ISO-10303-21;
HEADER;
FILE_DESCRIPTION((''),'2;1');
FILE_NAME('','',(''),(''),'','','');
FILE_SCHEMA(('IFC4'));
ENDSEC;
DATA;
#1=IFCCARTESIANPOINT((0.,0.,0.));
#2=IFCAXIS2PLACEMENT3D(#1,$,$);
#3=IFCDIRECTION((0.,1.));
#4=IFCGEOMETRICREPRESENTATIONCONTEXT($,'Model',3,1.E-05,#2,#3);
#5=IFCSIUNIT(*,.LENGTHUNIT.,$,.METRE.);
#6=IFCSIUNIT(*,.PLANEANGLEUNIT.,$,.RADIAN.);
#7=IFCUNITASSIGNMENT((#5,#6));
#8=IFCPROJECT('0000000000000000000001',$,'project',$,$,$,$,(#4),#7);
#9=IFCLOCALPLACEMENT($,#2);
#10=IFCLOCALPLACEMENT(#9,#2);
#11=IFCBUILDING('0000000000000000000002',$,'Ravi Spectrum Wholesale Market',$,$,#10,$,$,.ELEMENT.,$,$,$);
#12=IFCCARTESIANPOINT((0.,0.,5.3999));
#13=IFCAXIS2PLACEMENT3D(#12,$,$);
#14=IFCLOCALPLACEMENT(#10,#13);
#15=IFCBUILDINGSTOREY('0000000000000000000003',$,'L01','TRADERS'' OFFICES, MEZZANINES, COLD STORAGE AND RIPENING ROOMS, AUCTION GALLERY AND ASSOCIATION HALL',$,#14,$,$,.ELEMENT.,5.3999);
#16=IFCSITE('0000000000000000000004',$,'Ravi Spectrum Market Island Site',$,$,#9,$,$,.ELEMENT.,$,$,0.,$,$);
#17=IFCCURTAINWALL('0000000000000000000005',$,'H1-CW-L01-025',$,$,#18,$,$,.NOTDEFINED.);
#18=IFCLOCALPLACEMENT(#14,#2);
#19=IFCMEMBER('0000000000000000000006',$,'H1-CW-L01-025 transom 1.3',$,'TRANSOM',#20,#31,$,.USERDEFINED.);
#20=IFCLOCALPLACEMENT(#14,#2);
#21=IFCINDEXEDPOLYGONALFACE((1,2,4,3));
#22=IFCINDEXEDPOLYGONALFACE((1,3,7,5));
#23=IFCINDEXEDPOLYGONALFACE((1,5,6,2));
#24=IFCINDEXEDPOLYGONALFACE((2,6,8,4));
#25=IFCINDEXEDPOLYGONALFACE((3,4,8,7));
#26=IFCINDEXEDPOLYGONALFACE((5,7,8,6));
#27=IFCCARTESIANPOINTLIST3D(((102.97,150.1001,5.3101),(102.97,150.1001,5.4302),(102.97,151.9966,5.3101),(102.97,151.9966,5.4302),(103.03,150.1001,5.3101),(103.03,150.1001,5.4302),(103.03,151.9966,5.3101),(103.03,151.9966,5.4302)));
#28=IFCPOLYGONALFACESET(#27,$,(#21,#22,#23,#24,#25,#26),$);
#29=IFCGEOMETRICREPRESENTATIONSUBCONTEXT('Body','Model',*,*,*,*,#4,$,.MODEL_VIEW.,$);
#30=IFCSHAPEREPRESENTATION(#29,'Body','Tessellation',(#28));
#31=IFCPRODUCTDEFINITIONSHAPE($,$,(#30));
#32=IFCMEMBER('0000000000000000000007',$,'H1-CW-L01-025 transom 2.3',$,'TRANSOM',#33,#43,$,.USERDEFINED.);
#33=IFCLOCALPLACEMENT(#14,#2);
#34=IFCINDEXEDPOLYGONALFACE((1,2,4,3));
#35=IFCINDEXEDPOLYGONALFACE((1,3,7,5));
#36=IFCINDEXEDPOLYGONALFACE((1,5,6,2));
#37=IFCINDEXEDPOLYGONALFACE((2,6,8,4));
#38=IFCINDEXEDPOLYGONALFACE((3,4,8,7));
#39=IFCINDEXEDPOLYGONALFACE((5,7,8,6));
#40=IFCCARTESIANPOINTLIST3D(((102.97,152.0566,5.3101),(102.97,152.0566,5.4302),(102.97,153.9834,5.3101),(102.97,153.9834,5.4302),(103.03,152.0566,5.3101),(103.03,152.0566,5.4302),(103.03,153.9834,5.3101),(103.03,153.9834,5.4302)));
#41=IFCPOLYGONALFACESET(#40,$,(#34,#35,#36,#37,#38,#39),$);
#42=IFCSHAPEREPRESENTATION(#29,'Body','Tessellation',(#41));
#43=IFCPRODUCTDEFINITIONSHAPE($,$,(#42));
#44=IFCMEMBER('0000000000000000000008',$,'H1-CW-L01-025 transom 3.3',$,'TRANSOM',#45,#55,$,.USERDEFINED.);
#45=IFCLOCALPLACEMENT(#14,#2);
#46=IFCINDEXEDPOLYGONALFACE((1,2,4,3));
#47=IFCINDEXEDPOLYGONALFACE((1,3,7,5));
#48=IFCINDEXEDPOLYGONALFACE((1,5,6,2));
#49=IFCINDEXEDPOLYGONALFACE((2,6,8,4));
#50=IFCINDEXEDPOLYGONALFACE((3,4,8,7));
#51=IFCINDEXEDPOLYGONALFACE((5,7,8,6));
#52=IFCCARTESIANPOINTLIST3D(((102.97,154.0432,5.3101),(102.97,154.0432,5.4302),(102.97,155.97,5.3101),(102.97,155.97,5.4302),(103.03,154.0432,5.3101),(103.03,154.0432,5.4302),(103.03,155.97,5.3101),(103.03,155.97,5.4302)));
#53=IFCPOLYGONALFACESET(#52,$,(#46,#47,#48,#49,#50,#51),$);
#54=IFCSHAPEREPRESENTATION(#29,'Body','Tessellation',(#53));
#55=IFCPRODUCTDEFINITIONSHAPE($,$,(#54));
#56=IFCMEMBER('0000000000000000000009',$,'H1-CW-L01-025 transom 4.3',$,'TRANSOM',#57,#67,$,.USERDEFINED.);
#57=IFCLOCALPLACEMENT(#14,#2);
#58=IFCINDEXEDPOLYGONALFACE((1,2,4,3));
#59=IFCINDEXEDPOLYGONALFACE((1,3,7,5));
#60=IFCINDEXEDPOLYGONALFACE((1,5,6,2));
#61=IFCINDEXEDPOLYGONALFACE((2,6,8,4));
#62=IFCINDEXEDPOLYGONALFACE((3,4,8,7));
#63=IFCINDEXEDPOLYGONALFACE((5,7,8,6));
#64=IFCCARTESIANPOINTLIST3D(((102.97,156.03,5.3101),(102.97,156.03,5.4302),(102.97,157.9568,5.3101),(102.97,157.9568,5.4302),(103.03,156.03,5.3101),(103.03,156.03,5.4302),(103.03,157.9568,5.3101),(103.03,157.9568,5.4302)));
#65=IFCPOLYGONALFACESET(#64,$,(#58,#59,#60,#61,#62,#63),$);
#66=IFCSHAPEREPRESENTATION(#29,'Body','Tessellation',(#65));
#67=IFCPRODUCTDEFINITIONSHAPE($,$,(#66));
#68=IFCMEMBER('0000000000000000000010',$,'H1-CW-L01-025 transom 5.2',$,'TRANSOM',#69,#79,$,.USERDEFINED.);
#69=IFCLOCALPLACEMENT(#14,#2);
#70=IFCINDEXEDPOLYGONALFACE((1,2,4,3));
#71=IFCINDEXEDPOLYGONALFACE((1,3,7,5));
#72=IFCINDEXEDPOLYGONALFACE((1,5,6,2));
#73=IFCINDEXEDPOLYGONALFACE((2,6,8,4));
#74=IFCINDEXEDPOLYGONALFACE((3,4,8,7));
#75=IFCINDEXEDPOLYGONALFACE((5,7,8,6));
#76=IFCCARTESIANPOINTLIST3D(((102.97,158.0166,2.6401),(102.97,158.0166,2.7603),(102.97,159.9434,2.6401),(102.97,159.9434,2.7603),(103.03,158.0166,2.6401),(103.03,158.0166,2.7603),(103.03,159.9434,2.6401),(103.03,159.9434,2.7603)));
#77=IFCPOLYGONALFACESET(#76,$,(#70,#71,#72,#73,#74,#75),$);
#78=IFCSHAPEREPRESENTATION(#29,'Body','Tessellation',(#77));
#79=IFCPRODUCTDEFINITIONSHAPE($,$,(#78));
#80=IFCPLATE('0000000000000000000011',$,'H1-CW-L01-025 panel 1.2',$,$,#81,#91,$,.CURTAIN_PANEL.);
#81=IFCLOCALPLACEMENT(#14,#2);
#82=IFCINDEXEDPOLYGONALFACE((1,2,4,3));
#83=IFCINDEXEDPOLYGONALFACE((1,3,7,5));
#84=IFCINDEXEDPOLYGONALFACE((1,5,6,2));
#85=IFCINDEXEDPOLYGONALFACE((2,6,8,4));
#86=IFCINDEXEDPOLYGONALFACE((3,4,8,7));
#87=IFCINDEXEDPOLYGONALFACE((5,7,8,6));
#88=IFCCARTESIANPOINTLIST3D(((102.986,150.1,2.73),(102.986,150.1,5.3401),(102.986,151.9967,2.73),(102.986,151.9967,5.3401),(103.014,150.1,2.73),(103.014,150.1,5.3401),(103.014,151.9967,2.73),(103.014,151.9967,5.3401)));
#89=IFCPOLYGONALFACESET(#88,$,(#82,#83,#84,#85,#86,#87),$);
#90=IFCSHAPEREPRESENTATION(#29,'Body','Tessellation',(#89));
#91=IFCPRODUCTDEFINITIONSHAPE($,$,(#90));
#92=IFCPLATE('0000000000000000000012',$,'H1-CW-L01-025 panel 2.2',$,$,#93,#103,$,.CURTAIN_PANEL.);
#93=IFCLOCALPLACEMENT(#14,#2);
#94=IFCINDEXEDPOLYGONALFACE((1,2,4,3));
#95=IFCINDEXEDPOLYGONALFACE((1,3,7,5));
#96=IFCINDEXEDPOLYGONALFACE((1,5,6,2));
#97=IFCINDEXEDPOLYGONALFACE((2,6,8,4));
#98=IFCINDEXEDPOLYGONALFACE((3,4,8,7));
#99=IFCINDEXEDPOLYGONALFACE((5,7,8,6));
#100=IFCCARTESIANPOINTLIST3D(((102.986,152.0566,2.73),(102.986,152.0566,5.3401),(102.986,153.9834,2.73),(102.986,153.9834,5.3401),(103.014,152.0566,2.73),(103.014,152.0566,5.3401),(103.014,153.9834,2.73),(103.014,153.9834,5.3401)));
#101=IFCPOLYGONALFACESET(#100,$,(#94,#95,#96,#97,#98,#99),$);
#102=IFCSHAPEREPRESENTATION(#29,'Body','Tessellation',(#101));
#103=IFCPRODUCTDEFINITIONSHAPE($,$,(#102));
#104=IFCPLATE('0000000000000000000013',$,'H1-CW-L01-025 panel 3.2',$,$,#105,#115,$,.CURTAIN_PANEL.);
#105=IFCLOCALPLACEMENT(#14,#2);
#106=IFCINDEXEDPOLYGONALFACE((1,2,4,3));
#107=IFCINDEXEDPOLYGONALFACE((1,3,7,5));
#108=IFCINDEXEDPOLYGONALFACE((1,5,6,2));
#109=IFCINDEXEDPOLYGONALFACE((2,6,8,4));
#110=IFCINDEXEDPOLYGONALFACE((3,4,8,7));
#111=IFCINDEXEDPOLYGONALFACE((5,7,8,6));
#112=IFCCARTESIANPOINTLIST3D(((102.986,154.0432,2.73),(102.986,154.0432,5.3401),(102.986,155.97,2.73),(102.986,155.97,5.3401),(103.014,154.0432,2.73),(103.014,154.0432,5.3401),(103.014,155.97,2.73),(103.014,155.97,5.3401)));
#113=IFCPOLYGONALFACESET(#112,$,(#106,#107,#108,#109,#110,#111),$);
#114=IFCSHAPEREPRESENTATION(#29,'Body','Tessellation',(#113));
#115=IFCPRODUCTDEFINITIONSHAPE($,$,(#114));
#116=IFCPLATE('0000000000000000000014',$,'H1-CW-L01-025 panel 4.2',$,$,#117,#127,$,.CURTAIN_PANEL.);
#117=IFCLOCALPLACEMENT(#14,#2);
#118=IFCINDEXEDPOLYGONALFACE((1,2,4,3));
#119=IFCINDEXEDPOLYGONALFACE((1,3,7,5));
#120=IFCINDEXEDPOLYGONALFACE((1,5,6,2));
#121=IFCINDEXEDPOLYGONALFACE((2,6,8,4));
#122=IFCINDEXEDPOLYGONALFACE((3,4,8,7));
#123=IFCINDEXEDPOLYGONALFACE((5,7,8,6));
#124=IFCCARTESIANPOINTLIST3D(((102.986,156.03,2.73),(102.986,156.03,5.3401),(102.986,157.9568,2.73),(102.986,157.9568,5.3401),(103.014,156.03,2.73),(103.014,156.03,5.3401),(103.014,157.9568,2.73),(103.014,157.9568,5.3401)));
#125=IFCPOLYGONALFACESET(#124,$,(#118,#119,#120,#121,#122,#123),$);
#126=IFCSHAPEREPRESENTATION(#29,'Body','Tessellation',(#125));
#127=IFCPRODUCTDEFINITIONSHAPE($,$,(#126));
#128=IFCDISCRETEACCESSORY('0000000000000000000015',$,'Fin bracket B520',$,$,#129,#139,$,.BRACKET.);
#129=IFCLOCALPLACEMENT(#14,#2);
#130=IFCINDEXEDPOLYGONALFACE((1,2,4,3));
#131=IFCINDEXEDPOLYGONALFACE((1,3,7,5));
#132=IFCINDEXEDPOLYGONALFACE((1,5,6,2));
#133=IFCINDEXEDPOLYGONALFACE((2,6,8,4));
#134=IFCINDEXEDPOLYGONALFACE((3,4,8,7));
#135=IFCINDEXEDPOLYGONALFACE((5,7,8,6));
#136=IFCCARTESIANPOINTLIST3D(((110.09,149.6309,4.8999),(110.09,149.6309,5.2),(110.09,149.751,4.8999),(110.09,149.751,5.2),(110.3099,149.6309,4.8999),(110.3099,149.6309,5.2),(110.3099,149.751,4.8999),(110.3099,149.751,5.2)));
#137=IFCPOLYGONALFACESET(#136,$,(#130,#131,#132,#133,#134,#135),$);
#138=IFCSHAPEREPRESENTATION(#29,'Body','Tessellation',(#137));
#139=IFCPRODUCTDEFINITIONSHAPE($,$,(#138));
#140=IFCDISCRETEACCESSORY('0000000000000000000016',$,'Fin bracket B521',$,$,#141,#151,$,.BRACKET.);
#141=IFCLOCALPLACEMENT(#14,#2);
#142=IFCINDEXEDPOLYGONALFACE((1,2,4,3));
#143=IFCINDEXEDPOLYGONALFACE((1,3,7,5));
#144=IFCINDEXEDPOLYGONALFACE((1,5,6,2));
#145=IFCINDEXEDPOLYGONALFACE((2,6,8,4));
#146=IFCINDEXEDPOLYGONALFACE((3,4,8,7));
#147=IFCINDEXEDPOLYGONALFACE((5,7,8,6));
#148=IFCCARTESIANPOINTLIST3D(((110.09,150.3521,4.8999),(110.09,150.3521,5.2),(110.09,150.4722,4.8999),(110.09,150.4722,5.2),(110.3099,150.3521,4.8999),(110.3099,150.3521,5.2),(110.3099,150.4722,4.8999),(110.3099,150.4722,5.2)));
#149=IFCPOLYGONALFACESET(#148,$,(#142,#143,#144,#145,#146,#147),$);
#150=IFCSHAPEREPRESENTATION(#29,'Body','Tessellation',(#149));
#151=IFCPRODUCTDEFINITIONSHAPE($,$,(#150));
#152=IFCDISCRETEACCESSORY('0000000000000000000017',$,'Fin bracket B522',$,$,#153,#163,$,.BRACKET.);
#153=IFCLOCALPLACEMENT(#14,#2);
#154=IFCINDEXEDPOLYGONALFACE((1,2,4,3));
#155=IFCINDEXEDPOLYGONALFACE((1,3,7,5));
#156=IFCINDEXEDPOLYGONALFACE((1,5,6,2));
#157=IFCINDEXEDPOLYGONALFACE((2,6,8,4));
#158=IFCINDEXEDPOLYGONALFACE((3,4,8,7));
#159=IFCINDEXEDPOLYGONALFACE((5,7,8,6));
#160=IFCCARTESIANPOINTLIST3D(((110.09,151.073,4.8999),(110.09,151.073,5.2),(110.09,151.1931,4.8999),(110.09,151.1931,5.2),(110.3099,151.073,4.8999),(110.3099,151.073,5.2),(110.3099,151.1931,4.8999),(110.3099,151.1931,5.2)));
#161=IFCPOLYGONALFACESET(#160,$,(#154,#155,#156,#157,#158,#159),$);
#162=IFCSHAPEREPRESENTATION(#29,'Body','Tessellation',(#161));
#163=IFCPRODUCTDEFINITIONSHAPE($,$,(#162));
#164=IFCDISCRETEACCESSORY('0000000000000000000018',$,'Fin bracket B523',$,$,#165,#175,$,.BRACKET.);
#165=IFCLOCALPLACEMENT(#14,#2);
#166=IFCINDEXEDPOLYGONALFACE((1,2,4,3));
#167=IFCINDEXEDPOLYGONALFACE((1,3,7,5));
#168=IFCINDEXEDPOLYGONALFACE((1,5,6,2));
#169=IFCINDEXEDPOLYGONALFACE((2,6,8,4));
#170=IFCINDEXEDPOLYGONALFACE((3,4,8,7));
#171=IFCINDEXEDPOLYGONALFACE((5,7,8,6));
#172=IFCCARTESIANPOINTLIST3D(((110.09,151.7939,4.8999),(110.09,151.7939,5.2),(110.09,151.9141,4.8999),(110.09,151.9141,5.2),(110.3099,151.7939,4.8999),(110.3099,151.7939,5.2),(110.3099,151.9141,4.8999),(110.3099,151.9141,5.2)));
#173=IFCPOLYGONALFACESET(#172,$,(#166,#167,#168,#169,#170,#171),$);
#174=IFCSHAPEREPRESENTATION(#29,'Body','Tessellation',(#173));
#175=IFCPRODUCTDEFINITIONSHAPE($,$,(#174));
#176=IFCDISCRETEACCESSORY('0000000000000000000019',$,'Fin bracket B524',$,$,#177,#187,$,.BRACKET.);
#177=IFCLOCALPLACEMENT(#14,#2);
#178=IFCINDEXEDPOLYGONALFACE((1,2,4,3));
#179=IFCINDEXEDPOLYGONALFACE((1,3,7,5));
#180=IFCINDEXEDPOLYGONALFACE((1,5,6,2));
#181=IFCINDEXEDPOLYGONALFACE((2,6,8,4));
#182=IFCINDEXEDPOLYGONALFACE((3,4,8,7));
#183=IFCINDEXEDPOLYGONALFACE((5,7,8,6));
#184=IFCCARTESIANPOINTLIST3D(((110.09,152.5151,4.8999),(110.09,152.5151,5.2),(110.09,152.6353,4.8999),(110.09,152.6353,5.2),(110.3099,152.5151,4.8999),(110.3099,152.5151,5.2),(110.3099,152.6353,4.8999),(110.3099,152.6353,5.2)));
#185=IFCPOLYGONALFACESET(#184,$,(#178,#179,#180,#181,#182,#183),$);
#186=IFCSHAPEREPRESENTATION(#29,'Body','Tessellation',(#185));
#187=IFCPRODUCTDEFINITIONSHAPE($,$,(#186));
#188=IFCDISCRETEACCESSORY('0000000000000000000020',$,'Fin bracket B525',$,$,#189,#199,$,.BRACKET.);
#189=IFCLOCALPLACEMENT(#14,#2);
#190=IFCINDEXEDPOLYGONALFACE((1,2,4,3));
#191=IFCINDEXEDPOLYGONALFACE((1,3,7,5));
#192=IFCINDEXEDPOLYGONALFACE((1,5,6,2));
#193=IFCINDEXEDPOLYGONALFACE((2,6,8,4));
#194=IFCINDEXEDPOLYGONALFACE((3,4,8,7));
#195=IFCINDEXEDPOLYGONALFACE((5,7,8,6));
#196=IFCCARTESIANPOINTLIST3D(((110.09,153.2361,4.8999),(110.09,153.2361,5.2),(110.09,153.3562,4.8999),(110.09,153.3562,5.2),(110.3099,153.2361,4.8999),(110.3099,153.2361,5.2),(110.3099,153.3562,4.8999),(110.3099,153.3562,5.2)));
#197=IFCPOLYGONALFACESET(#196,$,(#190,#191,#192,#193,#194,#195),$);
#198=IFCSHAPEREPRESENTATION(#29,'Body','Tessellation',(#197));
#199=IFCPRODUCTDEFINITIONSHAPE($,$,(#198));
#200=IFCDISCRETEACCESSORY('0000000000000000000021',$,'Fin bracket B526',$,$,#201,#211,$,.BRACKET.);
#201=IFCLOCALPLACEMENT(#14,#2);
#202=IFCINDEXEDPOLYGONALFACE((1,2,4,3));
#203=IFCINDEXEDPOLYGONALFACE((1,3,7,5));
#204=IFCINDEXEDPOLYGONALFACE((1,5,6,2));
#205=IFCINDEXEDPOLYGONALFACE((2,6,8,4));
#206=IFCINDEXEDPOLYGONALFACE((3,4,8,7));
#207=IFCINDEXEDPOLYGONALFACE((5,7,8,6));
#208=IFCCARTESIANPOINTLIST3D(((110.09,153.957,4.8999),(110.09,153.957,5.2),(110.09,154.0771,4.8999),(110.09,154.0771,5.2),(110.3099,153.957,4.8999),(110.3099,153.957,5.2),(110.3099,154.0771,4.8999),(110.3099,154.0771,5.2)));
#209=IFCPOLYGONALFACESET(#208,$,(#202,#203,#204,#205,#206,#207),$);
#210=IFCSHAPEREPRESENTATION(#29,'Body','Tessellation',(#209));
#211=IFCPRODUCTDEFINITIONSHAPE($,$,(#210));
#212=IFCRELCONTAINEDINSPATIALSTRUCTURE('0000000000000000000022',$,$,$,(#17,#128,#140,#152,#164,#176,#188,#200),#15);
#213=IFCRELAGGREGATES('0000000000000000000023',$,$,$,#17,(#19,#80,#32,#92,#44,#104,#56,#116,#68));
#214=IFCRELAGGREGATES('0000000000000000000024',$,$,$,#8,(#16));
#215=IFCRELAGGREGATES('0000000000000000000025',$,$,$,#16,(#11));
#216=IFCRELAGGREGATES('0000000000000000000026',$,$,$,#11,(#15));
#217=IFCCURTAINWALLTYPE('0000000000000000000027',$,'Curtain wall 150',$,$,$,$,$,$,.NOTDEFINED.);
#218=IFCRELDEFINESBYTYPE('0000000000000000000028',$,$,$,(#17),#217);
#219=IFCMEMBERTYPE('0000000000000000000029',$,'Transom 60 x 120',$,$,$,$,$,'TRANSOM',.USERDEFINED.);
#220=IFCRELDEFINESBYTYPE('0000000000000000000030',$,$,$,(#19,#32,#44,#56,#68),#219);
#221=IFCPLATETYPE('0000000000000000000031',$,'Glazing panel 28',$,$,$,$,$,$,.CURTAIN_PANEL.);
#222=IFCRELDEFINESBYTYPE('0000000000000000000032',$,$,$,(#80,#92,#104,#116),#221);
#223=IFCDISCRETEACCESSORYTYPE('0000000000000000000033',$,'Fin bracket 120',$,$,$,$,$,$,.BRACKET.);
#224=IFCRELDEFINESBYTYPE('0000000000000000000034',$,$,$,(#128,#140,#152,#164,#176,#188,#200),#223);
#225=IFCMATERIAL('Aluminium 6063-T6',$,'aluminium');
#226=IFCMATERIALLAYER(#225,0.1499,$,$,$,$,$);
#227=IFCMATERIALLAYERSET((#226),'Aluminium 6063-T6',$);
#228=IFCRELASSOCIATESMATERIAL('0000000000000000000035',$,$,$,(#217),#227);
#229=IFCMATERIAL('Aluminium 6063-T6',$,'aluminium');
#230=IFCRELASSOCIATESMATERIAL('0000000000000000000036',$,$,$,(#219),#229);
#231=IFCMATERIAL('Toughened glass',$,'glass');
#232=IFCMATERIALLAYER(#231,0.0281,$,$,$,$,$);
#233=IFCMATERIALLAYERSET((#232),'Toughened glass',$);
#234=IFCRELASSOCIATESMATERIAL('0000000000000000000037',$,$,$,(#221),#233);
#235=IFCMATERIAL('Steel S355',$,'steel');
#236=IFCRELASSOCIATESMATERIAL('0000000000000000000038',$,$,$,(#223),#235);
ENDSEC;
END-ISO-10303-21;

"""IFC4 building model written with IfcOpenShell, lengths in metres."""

from ifc_helpers import new_model, si_unit, direction, frame, origin, origin_2d, place, context, subcontext, project, spatial, rectangle, extrude, material, layer, layer_set, material_profile, profile_set, type_object, element, aggregate, save


model = new_model("IFC4")

# Units and contexts
model_context = context("Model", 3, precision=1e-05, world=origin(), true_north=direction((0.0, 1.0)))
body_context = subcontext(model_context, "Body", "Model", "MODEL_VIEW")
ifc_project = project(units=[si_unit("LENGTHUNIT", "METRE"), si_unit("PLANEANGLEUNIT", "RADIAN")], contexts=[model_context])

# Site, building, storey
site_placement = place(None, origin())
site = spatial("IfcSite", under=ifc_project, at=site_placement, Name="Ravi Spectrum Market Island Site", CompositionType="ELEMENT", RefElevation=0.0)
building_placement = place(site_placement, origin())
building = spatial("IfcBuilding", under=site, at=building_placement, Name="Ravi Spectrum Wholesale Market", CompositionType="ELEMENT")
storey_placement = place(building_placement, frame((0.0, 0.0, 5.3999)))
storey = spatial("IfcBuildingStorey", under=building, at=storey_placement, Name="L01", Description="TRADERS' OFFICES, MEZZANINES, COLD STORAGE AND RIPENING ROOMS, AUCTION GALLERY AND ASSOCIATION HALL", CompositionType="ELEMENT", Elevation=5.3999)

# Curtain wall, members, plates
ifc_material_1 = material(Name="Aluminium 6063-T6", Category="aluminium")
ifc_layer_1 = layer(ifc_material_1, 0.1499)
ifc_layer_set_1 = layer_set([ifc_layer_1], Name="Aluminium 6063-T6")
curtain_wall_type = type_object("IfcCurtainWallType", Name="Curtain wall 150", PredefinedType="NOTDEFINED", material=ifc_layer_set_1)
curtain_wall_placement = place(storey_placement, origin())
curtain_wall = element("IfcCurtainWall", 1, at=curtain_wall_placement, inside=storey, type_object=curtain_wall_type, Name="H1-CW-L01-025", PredefinedType="NOTDEFINED")
ifc_material_2 = material(Name="Aluminium 6063-T6", Category="aluminium")
ifc_material_profile_1 = material_profile(ifc_material_2, rectangle(XDim=0.0601, YDim=0.1201, at=origin_2d()))
ifc_profile_set_1 = profile_set([ifc_material_profile_1], Name="Aluminium 6063-T6")
member_type = type_object("IfcMemberType", Name="Transom 60 x 120", ElementType="TRANSOM", PredefinedType="USERDEFINED", material=ifc_profile_set_1)
member_1_placement = place(storey_placement, frame((103.0, 150.1001, 5.3701), z_axis=(0.0, 1.0, 0.0), x_axis=(-1.0, 0.0, 0.0)))
member_1 = element("IfcMember", 2, at=member_1_placement, type_object=member_type, Name="H1-CW-L01-025 transom 1.3", ObjectType="TRANSOM", PredefinedType="USERDEFINED", context=body_context, shape_type="SweptSolid", body=[
    extrude(rectangle(XDim=0.0601, YDim=0.1201, at=origin_2d()), origin(), (0.0, 0.0, 1.0), 1.8965),
])
member_2_placement = place(storey_placement, frame((103.0, 152.0566, 5.3701), z_axis=(0.0, 1.0, 0.0), x_axis=(-1.0, 0.0, 0.0)))
member_2 = element("IfcMember", 3, at=member_2_placement, type_object=member_type, Name="H1-CW-L01-025 transom 2.3", ObjectType="TRANSOM", PredefinedType="USERDEFINED", context=body_context, shape_type="SweptSolid", body=[
    extrude(rectangle(XDim=0.0601, YDim=0.1201, at=origin_2d()), origin(), (0.0, 0.0, 1.0), 1.9268),
])
member_3_placement = place(storey_placement, frame((103.0, 154.0432, 5.3701), z_axis=(0.0, 1.0, 0.0), x_axis=(-1.0, 0.0, 0.0)))
member_3 = element("IfcMember", 4, at=member_3_placement, type_object=member_type, Name="H1-CW-L01-025 transom 3.3", ObjectType="TRANSOM", PredefinedType="USERDEFINED", context=body_context, shape_type="SweptSolid", body=[
    extrude(rectangle(XDim=0.0601, YDim=0.1201, at=origin_2d()), origin(), (0.0, 0.0, 1.0), 1.9268),
])
member_4_placement = place(storey_placement, frame((103.0, 156.03, 5.3701), z_axis=(0.0, 1.0, 0.0), x_axis=(-1.0, 0.0, 0.0)))
member_4 = element("IfcMember", 5, at=member_4_placement, type_object=member_type, Name="H1-CW-L01-025 transom 4.3", ObjectType="TRANSOM", PredefinedType="USERDEFINED", context=body_context, shape_type="SweptSolid", body=[
    extrude(rectangle(XDim=0.0601, YDim=0.1201, at=origin_2d()), origin(), (0.0, 0.0, 1.0), 1.9268),
])
member_5_placement = place(storey_placement, frame((103.0, 158.0166, 2.7002), z_axis=(0.0, 1.0, 0.0), x_axis=(-1.0, 0.0, 0.0)))
member_5 = element("IfcMember", 6, at=member_5_placement, type_object=member_type, Name="H1-CW-L01-025 transom 5.2", ObjectType="TRANSOM", PredefinedType="USERDEFINED", context=body_context, shape_type="SweptSolid", body=[
    extrude(rectangle(XDim=0.0601, YDim=0.1201, at=origin_2d()), origin(), (0.0, 0.0, 1.0), 1.9268),
])
ifc_material_3 = material(Name="Toughened glass", Category="glass")
ifc_layer_2 = layer(ifc_material_3, 0.0281)
ifc_layer_set_2 = layer_set([ifc_layer_2], Name="Toughened glass")
plate_type = type_object("IfcPlateType", Name="Glazing panel 28", PredefinedType="CURTAIN_PANEL", material=ifc_layer_set_2)
plate_1_placement = place(storey_placement, frame((103.0, 151.0483, 2.73), z_axis=(0.0, 0.0, 1.0), x_axis=(0.0, 1.0, 0.0)))
plate_1 = element("IfcPlate", 7, at=plate_1_placement, type_object=plate_type, Name="H1-CW-L01-025 panel 1.2", PredefinedType="CURTAIN_PANEL", context=body_context, shape_type="SweptSolid", body=[
    extrude(rectangle(XDim=1.8967, YDim=0.0281, at=origin_2d()), origin(), (0.0, 0.0, 1.0), 2.6101),
])
plate_2_placement = place(storey_placement, frame((103.0, 153.02, 2.73), z_axis=(0.0, 0.0, 1.0), x_axis=(0.0, 1.0, 0.0)))
plate_2 = element("IfcPlate", 8, at=plate_2_placement, type_object=plate_type, Name="H1-CW-L01-025 panel 2.2", PredefinedType="CURTAIN_PANEL", context=body_context, shape_type="SweptSolid", body=[
    extrude(rectangle(XDim=1.9268, YDim=0.0281, at=origin_2d()), origin(), (0.0, 0.0, 1.0), 2.6101),
])
plate_3_placement = place(storey_placement, frame((103.0, 155.0066, 2.73), z_axis=(0.0, 0.0, 1.0), x_axis=(0.0, 1.0, 0.0)))
plate_3 = element("IfcPlate", 9, at=plate_3_placement, type_object=plate_type, Name="H1-CW-L01-025 panel 3.2", PredefinedType="CURTAIN_PANEL", context=body_context, shape_type="SweptSolid", body=[
    extrude(rectangle(XDim=1.9268, YDim=0.0281, at=origin_2d()), origin(), (0.0, 0.0, 1.0), 2.6101),
])
plate_4_placement = place(storey_placement, frame((103.0, 156.9934, 2.73), z_axis=(0.0, 0.0, 1.0), x_axis=(0.0, 1.0, 0.0)))
plate_4 = element("IfcPlate", 10, at=plate_4_placement, type_object=plate_type, Name="H1-CW-L01-025 panel 4.2", PredefinedType="CURTAIN_PANEL", context=body_context, shape_type="SweptSolid", body=[
    extrude(rectangle(XDim=1.9268, YDim=0.0281, at=origin_2d()), origin(), (0.0, 0.0, 1.0), 2.6101),
])
aggregate(curtain_wall, [member_1, plate_1, member_2, plate_2, member_3, plate_3, member_4, plate_4, member_5])

# Discrete accessories
ifc_material_4 = material(Name="Steel S355", Category="steel")
discrete_accessory_type_1 = type_object("IfcDiscreteAccessoryType", Name="Fin bracket 120", PredefinedType="BRACKET", material=ifc_material_4)
for number, where, z_axis, x_axis, name in (
    (11, (110.2, 149.6909, 4.8999), (0.0, 0.0, 1.0), (0.0, 1.0, 0.0), "Fin bracket B520"),
    (12, (110.2, 150.4121, 4.8999), (0.0, 0.0, 1.0), (0.0, 1.0, 0.0), "Fin bracket B521"),
    (13, (110.2, 151.1331, 4.8999), (0.0, 0.0, 1.0), (0.0, 1.0, 0.0), "Fin bracket B522"),
    (14, (110.2, 151.854, 4.8999), (0.0, 0.0, 1.0), (0.0, 1.0, 0.0), "Fin bracket B523"),
    (15, (110.2, 152.5752, 4.8999), (0.0, 0.0, 1.0), (0.0, 1.0, 0.0), "Fin bracket B524"),
    (16, (110.2, 153.2961, 4.8999), (0.0, 0.0, 1.0), (0.0, 1.0, 0.0), "Fin bracket B525"),
    (17, (110.2, 154.0171, 4.8999), (0.0, 0.0, 1.0), (0.0, 1.0, 0.0), "Fin bracket B526"),
):
    element("IfcDiscreteAccessory", number, at=place(storey_placement, frame(where, z_axis=z_axis, x_axis=x_axis)), inside=storey, type_object=discrete_accessory_type_1, Name=name, PredefinedType="BRACKET", context=body_context, shape_type="SweptSolid", body=[
        extrude(rectangle(XDim=0.1201, YDim=0.22, at=origin_2d()), origin(), (0.0, 0.0, 1.0), 0.3),
    ])

save(model, "model.ifc")
